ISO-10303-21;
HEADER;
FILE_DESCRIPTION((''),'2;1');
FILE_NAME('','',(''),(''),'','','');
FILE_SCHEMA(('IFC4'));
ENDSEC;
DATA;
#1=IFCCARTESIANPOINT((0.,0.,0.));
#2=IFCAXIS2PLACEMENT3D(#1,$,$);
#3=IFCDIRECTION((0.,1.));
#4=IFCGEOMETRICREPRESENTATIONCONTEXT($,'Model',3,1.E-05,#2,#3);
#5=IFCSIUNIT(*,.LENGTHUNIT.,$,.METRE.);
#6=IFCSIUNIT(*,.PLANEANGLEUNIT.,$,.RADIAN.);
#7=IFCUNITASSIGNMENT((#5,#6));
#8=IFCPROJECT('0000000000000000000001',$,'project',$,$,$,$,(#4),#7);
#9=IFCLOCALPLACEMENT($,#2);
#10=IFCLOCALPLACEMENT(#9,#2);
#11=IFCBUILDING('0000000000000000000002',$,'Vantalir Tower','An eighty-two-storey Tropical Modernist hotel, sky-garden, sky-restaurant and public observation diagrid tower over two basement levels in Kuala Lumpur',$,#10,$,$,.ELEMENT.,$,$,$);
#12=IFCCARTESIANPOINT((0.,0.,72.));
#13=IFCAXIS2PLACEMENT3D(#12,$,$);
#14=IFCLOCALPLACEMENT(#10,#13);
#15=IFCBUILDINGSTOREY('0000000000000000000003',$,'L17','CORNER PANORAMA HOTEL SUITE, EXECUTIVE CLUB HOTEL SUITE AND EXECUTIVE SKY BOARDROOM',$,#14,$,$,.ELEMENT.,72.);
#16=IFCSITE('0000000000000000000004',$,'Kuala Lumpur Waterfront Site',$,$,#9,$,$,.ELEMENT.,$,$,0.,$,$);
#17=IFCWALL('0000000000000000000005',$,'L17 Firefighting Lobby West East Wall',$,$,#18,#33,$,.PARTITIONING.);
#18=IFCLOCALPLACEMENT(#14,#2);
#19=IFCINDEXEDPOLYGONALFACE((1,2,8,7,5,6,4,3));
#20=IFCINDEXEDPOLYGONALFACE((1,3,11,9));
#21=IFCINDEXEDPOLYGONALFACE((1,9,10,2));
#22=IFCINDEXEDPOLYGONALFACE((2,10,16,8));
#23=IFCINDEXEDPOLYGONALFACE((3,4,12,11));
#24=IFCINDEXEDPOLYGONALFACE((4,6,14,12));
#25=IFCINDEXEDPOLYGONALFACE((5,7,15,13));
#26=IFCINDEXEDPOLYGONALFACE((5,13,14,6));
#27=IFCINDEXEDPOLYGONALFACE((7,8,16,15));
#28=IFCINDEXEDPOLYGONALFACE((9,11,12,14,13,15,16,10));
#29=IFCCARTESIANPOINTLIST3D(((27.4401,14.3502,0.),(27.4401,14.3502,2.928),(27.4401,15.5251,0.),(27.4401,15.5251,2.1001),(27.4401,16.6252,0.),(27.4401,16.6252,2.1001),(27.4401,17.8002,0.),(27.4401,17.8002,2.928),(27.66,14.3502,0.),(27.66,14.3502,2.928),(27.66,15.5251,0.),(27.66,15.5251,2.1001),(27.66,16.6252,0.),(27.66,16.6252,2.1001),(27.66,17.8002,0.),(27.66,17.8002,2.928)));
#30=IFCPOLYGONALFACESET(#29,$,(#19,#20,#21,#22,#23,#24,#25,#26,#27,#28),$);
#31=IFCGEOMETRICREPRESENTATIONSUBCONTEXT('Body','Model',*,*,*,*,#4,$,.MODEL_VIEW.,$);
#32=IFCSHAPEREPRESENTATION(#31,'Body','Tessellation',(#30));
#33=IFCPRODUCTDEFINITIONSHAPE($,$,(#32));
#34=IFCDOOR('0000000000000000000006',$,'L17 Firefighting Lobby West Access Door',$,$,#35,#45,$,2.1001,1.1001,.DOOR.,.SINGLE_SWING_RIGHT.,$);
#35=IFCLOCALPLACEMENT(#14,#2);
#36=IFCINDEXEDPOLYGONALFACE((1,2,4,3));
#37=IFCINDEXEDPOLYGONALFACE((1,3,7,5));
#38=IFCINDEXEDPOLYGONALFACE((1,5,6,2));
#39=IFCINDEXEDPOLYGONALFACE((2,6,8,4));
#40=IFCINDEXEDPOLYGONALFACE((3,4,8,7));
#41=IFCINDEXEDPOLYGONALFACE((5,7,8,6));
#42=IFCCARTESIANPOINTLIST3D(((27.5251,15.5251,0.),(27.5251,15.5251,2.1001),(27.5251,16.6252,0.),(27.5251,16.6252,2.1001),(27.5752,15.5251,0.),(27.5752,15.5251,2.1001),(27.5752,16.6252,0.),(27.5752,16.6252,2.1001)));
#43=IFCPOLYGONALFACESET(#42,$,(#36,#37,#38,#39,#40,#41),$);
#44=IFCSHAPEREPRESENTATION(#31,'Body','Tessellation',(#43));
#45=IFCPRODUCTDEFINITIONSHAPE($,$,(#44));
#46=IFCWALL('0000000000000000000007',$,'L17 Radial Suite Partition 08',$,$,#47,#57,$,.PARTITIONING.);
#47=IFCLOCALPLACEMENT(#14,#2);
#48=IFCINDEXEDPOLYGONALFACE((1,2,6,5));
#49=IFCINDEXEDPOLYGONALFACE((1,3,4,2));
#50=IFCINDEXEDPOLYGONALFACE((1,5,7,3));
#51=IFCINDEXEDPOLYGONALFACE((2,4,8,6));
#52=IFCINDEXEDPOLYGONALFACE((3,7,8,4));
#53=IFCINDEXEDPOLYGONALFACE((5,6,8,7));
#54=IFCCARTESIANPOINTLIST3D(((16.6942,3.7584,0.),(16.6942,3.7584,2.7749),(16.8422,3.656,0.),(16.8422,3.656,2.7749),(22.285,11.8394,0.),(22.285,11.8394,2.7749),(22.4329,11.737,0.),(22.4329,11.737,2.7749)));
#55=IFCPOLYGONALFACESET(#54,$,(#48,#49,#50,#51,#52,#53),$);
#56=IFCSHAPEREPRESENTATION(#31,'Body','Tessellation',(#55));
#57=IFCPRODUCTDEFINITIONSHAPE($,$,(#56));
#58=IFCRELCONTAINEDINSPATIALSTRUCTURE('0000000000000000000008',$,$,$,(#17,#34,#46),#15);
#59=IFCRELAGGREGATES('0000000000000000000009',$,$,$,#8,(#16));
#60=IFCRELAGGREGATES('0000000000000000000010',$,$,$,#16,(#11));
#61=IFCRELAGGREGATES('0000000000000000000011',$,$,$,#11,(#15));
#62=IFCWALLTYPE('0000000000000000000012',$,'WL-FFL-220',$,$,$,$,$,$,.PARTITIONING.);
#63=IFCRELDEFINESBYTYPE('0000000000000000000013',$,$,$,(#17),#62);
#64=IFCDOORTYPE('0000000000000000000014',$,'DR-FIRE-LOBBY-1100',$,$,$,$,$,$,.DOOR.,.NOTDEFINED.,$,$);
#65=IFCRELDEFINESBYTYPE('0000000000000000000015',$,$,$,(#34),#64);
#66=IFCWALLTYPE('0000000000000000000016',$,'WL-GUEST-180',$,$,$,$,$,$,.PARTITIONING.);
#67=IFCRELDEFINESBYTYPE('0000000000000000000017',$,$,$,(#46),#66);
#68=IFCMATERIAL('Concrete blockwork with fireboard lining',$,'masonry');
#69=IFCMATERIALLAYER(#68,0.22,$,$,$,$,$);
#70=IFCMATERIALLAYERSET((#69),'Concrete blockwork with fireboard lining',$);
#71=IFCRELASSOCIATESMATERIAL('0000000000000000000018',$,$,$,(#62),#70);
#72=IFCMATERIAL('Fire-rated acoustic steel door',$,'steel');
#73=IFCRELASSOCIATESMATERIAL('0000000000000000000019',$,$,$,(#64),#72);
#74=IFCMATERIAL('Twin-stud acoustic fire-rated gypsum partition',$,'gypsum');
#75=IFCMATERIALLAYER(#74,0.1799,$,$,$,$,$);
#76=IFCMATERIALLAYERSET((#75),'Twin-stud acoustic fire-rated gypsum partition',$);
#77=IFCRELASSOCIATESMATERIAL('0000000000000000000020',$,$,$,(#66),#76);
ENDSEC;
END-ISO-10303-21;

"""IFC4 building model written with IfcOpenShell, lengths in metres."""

from ifc_helpers import new_model, si_unit, direction, frame, frame_2d, origin, place, context, subcontext, project, spatial, rectangle, extrude, material, layer, layer_set, type_object, element, fill, save


model = new_model("IFC4")

# Units and contexts
model_context = context("Model", 3, precision=1e-05, world=origin(), true_north=direction((0.0, 1.0)))
body_context = subcontext(model_context, "Body", "Model", "MODEL_VIEW")
ifc_project = project(units=[si_unit("LENGTHUNIT", "METRE"), si_unit("PLANEANGLEUNIT", "RADIAN")], contexts=[model_context])

# Site, building, storey
site_placement = place(None, origin())
site = spatial("IfcSite", under=ifc_project, at=site_placement, Name="Kuala Lumpur Waterfront Site", CompositionType="ELEMENT", RefElevation=0.0)
building_placement = place(site_placement, origin())
building = spatial("IfcBuilding", under=site, at=building_placement, Name="Vantalir Tower", Description="An eighty-two-storey Tropical Modernist hotel, sky-garden, sky-restaurant and public observation diagrid tower over two basement levels in Kuala Lumpur", CompositionType="ELEMENT")
storey_placement = place(building_placement, frame((0.0, 0.0, 72.0)))
storey = spatial("IfcBuildingStorey", under=building, at=storey_placement, Name="L17", Description="CORNER PANORAMA HOTEL SUITE, EXECUTIVE CLUB HOTEL SUITE AND EXECUTIVE SKY BOARDROOM", CompositionType="ELEMENT", Elevation=72.0)

# Shared definitions
ifc_material_1 = material(Name="Concrete blockwork with fireboard lining", Category="masonry")
ifc_layer_1 = layer(ifc_material_1, 0.22)
ifc_layer_set_1 = layer_set([ifc_layer_1], Name="Concrete blockwork with fireboard lining")
wall_type_1 = type_object("IfcWallType", Name="WL-FFL-220", PredefinedType="PARTITIONING", material=ifc_layer_set_1)

# Wall, opening, door
wall_1_placement = place(storey_placement, frame((27.55, 14.3501, 0.0), z_axis=(0.0, 0.0, 1.0), x_axis=(0.0, 1.0, 0.0)))
wall_1 = element("IfcWall", 1, at=wall_1_placement, inside=storey, type_object=wall_type_1, Name="L17 Firefighting Lobby West East Wall", PredefinedType="PARTITIONING", context=body_context, shape_type="SweptSolid", body=[
    extrude(rectangle(XDim=3.45, YDim=0.22, at=frame_2d((1.7251, 0.0))), origin(), (0.0, 0.0, 1.0), 2.928),
])
opening_1_placement = place(wall_1_placement, frame((1.175, 0.0, 0.0)))
opening_1 = element("IfcOpeningElement", 2, at=opening_1_placement, cuts=wall_1, PredefinedType="OPENING", context=body_context, shape_type="SweptSolid", body=[
    extrude(rectangle(XDim=1.1001, YDim=2.1001, at=frame_2d((0.55, 1.05))), frame((0.0, 0.1199, 0.0), z_axis=(0.0, -1.0, 0.0), x_axis=(1.0, 0.0, 0.0)), (0.0, 0.0, 1.0), 0.24),
])
ifc_material_2 = material(Name="Fire-rated acoustic steel door", Category="steel")
door_type_1 = type_object("IfcDoorType", Name="DR-FIRE-LOBBY-1100", OperationType="NOTDEFINED", PredefinedType="DOOR", material=ifc_material_2)
door_1_placement = place(opening_1_placement, origin())
door_1 = element("IfcDoor", 3, at=door_1_placement, inside=storey, type_object=door_type_1, Name="L17 Firefighting Lobby West Access Door", OperationType="SINGLE_SWING_RIGHT", OverallHeight=2.1001, OverallWidth=1.1001, PredefinedType="DOOR", context=body_context, shape_type="SweptSolid", body=[
    extrude(rectangle(XDim=1.1001, YDim=2.1001, at=frame_2d((0.55, 1.05))), frame((0.0, 0.0249, 0.0), z_axis=(0.0, -1.0, 0.0), x_axis=(1.0, 0.0, 0.0)), (0.0, 0.0, 1.0), 0.05),
])
fill(opening_1, door_1)

# Wall
ifc_material_3 = material(Name="Twin-stud acoustic fire-rated gypsum partition", Category="gypsum")
ifc_layer_2 = layer(ifc_material_3, 0.1799)
ifc_layer_set_2 = layer_set([ifc_layer_2], Name="Twin-stud acoustic fire-rated gypsum partition")
wall_type_2 = type_object("IfcWallType", Name="WL-GUEST-180", PredefinedType="PARTITIONING", material=ifc_layer_set_2)
wall_2_placement = place(storey_placement, frame((22.3589, 11.7881, 0.0), z_axis=(0.0, 0.0, 1.0), x_axis=(-0.568952, -0.822371, 0.0)))
element("IfcWall", 4, at=wall_2_placement, inside=storey, type_object=wall_type_2, Name="L17 Radial Suite Partition 08", PredefinedType="PARTITIONING", context=body_context, shape_type="SweptSolid", body=[
    extrude(rectangle(XDim=9.8264, YDim=0.1799, at=frame_2d((4.9131, 0.0))), origin(), (0.0, 0.0, 1.0), 2.7749),
])

save(model, "model.ifc")
